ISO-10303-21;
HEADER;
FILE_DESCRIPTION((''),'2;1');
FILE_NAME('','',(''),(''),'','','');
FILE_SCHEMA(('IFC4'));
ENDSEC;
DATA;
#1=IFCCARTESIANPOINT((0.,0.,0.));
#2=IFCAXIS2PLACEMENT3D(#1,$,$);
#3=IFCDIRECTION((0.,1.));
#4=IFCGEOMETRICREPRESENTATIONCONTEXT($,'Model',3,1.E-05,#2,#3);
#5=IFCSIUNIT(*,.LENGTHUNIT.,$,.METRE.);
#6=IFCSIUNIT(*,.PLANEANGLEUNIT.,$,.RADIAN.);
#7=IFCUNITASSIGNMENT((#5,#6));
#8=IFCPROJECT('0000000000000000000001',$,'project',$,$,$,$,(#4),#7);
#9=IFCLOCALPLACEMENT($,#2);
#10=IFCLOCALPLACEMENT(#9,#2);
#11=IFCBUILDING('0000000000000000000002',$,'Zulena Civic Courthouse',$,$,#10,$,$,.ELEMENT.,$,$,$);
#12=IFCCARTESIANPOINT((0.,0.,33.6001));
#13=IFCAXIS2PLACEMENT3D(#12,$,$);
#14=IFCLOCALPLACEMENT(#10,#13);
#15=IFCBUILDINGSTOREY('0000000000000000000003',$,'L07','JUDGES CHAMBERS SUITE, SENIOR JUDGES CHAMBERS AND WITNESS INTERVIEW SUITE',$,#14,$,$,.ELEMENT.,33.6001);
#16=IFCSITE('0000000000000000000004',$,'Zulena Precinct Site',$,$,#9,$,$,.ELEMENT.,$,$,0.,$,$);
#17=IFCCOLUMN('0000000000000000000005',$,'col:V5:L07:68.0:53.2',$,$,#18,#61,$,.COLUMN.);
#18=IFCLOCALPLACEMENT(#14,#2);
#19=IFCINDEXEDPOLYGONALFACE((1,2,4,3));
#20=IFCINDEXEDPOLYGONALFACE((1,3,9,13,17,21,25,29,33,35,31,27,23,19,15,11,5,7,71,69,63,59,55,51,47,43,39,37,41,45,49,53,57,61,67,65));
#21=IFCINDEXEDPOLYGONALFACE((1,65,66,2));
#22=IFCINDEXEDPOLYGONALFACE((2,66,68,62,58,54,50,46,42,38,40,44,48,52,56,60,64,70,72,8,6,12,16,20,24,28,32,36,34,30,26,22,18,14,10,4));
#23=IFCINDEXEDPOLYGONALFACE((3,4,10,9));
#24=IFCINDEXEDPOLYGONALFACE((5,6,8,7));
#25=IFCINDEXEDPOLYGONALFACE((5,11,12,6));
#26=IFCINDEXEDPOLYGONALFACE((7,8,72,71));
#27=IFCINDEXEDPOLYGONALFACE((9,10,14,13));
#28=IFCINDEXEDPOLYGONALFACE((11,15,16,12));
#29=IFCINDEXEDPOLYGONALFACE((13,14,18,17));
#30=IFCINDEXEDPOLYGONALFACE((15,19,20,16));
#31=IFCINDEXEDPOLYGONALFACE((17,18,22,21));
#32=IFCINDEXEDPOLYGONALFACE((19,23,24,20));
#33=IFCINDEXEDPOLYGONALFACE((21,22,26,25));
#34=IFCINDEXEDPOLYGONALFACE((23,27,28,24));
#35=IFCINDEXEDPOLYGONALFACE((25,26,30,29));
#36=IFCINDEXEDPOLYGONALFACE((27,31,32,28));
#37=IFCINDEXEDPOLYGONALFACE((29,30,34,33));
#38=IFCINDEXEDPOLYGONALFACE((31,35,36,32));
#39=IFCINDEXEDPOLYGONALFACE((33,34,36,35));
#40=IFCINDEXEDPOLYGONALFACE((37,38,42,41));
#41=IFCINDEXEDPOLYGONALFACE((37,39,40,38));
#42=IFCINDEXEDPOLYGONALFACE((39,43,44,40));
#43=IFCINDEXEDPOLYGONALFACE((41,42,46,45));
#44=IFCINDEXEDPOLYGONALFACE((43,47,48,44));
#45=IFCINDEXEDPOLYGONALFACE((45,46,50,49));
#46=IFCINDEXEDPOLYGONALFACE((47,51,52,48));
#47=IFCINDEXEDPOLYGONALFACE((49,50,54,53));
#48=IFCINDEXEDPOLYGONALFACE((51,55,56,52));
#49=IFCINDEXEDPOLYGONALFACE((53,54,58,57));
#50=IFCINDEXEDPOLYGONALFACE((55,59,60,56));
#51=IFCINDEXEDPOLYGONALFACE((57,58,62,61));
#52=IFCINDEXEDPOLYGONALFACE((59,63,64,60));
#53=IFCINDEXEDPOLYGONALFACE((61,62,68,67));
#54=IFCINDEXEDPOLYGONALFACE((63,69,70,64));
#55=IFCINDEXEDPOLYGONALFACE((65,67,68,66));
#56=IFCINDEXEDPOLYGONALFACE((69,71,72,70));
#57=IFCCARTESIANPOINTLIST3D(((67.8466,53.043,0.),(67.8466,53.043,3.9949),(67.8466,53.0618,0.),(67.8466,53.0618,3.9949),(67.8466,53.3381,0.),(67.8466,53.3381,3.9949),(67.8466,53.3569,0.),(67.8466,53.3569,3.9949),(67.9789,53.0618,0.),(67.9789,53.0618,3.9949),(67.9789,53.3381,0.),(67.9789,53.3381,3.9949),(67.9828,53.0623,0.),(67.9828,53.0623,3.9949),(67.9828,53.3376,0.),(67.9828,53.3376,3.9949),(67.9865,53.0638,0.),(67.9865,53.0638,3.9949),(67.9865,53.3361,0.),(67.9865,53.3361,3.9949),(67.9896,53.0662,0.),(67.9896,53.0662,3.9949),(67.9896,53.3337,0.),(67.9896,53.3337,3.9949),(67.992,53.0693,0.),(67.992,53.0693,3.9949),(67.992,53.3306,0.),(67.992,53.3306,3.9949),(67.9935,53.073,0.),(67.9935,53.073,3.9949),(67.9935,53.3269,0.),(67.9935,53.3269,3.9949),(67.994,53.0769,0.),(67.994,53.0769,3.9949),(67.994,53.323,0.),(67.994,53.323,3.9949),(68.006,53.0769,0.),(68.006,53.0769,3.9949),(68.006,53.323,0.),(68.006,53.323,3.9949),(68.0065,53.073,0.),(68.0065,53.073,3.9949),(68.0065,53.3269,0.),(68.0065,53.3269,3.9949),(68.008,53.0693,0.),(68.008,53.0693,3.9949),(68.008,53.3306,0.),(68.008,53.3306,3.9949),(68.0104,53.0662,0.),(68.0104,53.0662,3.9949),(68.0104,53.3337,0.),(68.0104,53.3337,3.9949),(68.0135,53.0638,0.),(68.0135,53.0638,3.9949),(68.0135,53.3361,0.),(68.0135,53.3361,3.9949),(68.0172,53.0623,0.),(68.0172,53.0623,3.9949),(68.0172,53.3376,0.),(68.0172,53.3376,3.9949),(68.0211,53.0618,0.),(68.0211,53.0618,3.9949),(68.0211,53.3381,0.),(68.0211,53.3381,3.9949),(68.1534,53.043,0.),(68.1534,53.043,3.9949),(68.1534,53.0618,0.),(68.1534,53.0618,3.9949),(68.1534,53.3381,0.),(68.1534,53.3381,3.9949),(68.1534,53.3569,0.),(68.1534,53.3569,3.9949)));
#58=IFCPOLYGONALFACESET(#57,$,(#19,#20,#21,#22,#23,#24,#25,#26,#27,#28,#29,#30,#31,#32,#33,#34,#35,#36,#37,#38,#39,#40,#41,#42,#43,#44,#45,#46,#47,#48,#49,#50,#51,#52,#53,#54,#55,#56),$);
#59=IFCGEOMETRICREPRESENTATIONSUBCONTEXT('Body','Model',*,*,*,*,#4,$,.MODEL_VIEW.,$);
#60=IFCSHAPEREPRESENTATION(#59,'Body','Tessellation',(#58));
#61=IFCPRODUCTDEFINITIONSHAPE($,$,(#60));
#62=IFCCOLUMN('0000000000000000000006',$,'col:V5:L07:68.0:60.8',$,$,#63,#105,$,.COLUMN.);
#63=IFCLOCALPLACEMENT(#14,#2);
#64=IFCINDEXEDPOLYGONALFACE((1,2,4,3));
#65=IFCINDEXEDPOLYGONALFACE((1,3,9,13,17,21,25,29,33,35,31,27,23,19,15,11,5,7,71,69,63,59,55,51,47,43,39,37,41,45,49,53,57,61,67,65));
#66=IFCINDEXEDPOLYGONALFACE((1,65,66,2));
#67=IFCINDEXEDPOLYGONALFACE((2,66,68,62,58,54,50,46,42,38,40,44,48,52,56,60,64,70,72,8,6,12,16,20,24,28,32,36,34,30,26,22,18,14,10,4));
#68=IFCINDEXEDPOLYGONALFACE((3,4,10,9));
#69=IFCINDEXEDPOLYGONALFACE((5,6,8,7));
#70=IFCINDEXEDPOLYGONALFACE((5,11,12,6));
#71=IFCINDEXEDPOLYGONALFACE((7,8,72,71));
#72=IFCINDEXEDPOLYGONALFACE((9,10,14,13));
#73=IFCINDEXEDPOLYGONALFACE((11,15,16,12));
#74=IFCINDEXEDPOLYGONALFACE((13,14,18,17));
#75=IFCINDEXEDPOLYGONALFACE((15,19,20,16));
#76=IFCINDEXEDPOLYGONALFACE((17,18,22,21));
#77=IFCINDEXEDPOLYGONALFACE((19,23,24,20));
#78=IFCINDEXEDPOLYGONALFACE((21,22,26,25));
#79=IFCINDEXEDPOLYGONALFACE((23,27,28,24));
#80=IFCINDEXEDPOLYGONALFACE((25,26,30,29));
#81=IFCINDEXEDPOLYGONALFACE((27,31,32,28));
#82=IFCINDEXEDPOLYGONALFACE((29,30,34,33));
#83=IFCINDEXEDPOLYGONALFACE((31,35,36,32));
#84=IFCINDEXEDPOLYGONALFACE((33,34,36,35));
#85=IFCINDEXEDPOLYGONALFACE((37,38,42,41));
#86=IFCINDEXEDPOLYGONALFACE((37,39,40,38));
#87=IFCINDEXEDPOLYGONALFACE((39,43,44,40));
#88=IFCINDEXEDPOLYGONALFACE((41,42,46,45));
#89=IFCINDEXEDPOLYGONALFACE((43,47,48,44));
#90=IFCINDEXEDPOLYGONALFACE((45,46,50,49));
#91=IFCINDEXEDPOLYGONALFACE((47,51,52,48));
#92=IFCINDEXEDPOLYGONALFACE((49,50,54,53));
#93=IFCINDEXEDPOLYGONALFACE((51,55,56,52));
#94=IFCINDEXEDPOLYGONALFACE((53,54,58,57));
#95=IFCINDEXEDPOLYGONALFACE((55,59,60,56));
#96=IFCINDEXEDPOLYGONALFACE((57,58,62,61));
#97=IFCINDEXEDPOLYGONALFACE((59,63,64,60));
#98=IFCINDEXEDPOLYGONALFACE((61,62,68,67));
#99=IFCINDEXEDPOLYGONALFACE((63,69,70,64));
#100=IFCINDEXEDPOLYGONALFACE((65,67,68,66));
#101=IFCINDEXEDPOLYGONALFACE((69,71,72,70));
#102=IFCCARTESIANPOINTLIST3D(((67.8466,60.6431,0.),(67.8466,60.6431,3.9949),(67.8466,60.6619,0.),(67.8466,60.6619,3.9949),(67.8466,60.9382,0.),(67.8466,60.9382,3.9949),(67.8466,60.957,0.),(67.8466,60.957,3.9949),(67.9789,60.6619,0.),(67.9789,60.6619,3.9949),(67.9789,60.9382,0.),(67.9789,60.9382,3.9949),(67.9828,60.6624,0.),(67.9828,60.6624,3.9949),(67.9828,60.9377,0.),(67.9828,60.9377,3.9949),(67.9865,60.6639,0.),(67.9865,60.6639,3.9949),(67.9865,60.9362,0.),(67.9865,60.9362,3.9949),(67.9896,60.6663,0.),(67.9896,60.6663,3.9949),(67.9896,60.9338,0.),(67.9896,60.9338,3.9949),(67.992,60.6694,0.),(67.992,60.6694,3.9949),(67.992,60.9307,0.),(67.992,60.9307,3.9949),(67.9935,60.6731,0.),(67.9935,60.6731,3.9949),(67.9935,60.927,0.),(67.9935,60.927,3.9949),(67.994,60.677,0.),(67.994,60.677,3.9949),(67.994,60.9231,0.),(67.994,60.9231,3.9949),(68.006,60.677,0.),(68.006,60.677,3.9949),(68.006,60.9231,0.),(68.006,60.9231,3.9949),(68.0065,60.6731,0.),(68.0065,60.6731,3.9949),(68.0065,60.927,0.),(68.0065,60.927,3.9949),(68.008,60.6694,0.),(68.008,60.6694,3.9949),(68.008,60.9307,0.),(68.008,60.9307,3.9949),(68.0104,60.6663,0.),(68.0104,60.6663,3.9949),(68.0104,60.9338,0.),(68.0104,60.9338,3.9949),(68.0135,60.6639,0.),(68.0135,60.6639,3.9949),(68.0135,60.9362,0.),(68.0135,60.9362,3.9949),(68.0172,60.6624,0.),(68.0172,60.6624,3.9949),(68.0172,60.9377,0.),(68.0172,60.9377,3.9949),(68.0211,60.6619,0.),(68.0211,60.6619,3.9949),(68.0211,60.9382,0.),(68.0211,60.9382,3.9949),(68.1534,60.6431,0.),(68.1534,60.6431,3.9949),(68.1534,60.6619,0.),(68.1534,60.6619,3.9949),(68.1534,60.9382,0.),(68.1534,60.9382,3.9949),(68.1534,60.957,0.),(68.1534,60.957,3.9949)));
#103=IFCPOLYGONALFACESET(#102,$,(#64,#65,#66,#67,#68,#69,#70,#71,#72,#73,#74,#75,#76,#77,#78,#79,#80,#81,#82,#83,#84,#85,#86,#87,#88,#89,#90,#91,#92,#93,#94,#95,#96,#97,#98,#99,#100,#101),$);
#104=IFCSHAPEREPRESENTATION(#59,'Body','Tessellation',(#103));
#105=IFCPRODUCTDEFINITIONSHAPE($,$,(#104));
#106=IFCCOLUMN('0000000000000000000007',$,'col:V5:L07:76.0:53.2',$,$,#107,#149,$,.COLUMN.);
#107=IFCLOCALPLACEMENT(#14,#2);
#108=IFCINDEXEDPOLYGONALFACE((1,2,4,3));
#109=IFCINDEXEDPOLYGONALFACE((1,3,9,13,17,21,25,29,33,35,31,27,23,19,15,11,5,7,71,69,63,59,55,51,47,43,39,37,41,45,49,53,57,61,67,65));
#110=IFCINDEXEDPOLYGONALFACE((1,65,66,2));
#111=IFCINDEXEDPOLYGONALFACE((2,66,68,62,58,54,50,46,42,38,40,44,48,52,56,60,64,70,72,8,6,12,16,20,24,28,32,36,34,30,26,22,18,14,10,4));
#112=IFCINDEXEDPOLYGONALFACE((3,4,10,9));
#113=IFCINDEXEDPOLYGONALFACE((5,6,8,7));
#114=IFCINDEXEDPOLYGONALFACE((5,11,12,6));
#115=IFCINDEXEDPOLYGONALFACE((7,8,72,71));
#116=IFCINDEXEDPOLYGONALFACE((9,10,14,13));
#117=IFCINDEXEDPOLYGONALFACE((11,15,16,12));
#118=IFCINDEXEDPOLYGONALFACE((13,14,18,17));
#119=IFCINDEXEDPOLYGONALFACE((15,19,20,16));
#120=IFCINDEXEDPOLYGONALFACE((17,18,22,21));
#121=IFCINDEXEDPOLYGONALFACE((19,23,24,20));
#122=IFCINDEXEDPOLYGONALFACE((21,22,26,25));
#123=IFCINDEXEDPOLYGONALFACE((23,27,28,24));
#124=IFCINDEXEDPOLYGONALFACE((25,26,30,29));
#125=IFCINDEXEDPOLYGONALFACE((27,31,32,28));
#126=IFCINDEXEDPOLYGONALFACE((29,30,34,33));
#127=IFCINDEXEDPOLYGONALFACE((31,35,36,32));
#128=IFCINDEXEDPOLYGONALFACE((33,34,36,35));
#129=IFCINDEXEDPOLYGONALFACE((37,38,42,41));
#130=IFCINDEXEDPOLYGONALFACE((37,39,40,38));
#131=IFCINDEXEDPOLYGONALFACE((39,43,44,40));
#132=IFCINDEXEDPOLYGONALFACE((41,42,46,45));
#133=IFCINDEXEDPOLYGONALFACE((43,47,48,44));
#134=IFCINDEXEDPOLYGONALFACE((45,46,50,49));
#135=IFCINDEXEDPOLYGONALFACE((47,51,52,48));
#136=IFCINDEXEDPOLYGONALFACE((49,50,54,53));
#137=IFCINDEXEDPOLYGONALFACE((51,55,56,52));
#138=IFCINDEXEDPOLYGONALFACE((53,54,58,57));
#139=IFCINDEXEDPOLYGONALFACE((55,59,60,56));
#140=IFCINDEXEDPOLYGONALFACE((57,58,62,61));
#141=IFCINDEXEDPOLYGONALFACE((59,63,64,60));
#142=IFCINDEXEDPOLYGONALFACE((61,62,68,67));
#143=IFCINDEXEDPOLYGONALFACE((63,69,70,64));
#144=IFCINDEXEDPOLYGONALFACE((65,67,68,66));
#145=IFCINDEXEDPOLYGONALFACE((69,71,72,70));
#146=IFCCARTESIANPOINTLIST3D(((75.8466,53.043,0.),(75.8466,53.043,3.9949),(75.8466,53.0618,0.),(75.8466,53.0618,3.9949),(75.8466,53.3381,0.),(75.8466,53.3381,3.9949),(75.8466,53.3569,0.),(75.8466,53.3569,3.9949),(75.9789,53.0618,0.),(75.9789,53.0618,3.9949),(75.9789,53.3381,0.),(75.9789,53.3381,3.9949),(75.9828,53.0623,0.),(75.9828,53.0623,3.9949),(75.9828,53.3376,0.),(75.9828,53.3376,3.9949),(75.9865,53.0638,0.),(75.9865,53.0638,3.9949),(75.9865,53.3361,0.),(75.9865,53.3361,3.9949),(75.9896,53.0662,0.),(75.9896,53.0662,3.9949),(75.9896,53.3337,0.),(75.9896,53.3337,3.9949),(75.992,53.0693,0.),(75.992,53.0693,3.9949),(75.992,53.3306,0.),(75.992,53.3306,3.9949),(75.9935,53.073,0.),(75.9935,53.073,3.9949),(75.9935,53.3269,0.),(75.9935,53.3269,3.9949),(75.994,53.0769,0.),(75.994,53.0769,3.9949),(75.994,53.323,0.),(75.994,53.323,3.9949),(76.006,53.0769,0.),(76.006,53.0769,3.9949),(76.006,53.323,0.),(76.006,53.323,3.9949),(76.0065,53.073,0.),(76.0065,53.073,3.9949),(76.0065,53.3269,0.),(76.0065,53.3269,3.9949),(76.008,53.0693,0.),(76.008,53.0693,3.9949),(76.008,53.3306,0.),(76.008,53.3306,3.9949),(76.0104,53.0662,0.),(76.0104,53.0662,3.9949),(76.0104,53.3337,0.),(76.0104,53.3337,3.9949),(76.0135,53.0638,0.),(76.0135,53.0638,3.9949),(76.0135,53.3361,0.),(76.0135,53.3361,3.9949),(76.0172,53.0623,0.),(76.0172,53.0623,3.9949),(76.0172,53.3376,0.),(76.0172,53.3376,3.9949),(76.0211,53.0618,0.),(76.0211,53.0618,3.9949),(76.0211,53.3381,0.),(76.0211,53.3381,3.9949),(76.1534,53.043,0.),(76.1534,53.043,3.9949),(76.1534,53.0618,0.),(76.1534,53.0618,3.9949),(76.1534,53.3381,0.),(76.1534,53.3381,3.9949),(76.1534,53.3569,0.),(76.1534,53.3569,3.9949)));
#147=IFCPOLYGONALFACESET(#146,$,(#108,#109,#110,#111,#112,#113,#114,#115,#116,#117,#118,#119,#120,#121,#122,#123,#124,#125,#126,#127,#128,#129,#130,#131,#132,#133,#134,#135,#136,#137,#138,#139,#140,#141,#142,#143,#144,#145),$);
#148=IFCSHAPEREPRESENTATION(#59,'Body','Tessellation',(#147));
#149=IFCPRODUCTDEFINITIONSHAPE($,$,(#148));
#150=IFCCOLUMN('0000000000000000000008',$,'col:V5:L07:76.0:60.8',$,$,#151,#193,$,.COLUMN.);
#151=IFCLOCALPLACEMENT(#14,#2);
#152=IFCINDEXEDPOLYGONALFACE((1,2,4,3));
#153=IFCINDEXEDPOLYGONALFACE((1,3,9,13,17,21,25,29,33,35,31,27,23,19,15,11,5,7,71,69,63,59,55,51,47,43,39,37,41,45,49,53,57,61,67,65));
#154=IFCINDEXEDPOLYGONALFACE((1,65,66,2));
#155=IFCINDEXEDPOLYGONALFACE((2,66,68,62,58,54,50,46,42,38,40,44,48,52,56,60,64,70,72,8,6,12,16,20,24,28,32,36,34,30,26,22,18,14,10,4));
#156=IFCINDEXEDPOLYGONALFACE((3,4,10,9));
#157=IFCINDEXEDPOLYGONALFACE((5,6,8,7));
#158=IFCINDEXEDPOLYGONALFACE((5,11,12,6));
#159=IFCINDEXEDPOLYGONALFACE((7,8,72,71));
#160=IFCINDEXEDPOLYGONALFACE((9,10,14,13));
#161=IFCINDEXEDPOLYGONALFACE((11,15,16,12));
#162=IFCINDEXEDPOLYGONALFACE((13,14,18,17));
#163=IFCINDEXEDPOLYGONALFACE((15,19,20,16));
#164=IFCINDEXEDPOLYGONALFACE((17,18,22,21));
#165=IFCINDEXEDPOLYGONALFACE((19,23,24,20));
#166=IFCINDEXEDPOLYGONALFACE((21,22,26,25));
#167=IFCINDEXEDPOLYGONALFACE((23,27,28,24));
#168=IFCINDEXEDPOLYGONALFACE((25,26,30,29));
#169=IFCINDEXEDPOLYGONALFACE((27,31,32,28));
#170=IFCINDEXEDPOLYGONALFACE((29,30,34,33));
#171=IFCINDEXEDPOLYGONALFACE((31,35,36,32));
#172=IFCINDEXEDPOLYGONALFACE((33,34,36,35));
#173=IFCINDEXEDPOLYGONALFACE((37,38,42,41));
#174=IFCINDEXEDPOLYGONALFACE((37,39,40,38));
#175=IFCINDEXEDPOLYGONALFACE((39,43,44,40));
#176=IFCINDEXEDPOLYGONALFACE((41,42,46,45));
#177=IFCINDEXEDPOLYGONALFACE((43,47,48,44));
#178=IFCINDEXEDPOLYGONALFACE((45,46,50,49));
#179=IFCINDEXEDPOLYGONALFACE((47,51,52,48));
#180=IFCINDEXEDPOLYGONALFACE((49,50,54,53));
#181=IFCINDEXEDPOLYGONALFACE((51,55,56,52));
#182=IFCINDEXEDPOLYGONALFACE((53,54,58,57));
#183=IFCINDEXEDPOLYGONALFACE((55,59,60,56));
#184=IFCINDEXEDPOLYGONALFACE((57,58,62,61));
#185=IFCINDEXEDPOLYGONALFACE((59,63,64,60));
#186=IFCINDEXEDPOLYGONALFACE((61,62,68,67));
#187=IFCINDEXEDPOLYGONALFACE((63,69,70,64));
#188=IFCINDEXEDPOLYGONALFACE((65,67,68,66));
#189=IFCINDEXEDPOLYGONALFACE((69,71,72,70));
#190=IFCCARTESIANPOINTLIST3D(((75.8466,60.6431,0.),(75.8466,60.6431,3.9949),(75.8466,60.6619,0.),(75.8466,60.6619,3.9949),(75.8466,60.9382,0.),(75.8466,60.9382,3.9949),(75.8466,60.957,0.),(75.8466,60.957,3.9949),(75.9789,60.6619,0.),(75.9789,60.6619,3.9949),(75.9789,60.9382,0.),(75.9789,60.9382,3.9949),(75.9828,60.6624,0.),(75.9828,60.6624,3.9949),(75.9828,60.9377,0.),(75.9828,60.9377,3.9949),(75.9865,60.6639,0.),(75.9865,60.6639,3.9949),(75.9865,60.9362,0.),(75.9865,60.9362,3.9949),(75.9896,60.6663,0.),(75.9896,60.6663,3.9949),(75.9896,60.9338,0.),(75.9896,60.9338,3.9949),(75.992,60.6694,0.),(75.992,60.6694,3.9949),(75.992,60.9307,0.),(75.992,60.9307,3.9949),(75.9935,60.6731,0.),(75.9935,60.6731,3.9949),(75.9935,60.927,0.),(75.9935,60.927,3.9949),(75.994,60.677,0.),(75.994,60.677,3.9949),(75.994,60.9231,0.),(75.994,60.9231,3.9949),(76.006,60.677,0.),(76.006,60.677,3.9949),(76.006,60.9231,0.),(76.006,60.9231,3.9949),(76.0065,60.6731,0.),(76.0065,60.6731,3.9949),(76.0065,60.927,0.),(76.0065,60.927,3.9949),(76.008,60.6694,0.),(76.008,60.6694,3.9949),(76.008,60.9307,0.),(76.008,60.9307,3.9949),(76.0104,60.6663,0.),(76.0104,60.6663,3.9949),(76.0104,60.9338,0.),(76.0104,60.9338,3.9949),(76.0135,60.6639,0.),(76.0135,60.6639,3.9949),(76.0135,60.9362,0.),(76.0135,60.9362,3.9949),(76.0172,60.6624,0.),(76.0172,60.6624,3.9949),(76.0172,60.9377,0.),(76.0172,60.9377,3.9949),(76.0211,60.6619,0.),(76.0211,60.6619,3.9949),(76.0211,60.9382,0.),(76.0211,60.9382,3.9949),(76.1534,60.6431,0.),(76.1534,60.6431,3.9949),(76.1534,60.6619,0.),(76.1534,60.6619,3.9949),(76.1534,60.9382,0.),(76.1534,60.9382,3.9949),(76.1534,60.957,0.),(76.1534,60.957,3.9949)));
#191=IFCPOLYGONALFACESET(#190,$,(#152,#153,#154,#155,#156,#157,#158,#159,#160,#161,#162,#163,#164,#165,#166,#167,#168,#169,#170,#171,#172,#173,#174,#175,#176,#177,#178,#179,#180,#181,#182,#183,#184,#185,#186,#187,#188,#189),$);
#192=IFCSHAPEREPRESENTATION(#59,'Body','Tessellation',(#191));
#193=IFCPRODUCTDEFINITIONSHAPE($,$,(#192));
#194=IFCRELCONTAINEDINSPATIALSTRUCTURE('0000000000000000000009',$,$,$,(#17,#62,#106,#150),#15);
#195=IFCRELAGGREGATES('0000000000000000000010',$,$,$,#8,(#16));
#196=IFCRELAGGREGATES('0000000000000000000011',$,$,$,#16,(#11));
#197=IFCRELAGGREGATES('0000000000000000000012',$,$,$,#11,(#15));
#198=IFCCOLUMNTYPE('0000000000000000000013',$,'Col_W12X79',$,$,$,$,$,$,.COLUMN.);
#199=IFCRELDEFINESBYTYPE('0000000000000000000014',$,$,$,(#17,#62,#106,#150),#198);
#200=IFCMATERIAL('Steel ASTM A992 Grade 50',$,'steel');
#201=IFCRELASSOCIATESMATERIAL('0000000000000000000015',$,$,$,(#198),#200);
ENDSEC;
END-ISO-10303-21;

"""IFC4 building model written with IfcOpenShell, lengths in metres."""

from ifc_helpers import new_model, si_unit, direction, frame, origin, origin_2d, place, context, subcontext, project, spatial, i_section, extrude, material, material_profile, profile_set, type_object, element, save


model = new_model("IFC4")

# Units and contexts
model_context = context("Model", 3, precision=1e-05, world=origin(), true_north=direction((0.0, 1.0)))
body_context = subcontext(model_context, "Body", "Model", "MODEL_VIEW")
ifc_project = project(units=[si_unit("LENGTHUNIT", "METRE"), si_unit("PLANEANGLEUNIT", "RADIAN")], contexts=[model_context])

# Site, building, storey
site_placement = place(None, origin())
site = spatial("IfcSite", under=ifc_project, at=site_placement, Name="Zulena Precinct Site", CompositionType="ELEMENT", RefElevation=0.0)
building_placement = place(site_placement, origin())
building = spatial("IfcBuilding", under=site, at=building_placement, Name="Zulena Civic Courthouse", CompositionType="ELEMENT")
storey_placement = place(building_placement, frame((0.0, 0.0, 33.6001)))
storey = spatial("IfcBuildingStorey", under=building, at=storey_placement, Name="L07", Description="JUDGES CHAMBERS SUITE, SENIOR JUDGES CHAMBERS AND WITNESS INTERVIEW SUITE", CompositionType="ELEMENT", Elevation=33.6001)

# Columns
ifc_material_1 = material(Name="Steel ASTM A992 Grade 50", Category="steel")
ifc_material_profile_1 = material_profile(ifc_material_1, i_section(OverallWidth=0.3069, OverallDepth=0.314, WebThickness=0.012, FlangeThickness=0.0188, FilletRadius=0.0151, at=origin_2d()), Name="W12X79")
ifc_profile_set_1 = profile_set([ifc_material_profile_1], Name="Steel ASTM A992 Grade 50")
column_type = type_object("IfcColumnType", Name="Col_W12X79", PredefinedType="COLUMN", material=ifc_profile_set_1)
for number, where, z_axis, x_axis, name in (
    (1, (68.0, 53.2, 0.0), (0.0, 0.0, 1.0), (1.0, 0.0, 0.0), "col:V5:L07:68.0:53.2"),
    (2, (68.0, 60.8, 0.0), (0.0, 0.0, 1.0), (1.0, 0.0, 0.0), "col:V5:L07:68.0:60.8"),
    (3, (76.0, 53.2, 0.0), (0.0, 0.0, 1.0), (1.0, 0.0, 0.0), "col:V5:L07:76.0:53.2"),
    (4, (76.0, 60.8, 0.0), (0.0, 0.0, 1.0), (1.0, 0.0, 0.0), "col:V5:L07:76.0:60.8"),
):
    element("IfcColumn", number, at=place(storey_placement, frame(where, z_axis=z_axis, x_axis=x_axis)), inside=storey, type_object=column_type, Name=name, PredefinedType="COLUMN", context=body_context, shape_type="SweptSolid", body=[
        extrude(i_section(OverallWidth=0.3069, OverallDepth=0.314, WebThickness=0.012, FlangeThickness=0.0188, FilletRadius=0.0151, at=origin_2d()), origin(), (0.0, 0.0, 1.0), 3.9949),
    ])

save(model, "model.ifc")
